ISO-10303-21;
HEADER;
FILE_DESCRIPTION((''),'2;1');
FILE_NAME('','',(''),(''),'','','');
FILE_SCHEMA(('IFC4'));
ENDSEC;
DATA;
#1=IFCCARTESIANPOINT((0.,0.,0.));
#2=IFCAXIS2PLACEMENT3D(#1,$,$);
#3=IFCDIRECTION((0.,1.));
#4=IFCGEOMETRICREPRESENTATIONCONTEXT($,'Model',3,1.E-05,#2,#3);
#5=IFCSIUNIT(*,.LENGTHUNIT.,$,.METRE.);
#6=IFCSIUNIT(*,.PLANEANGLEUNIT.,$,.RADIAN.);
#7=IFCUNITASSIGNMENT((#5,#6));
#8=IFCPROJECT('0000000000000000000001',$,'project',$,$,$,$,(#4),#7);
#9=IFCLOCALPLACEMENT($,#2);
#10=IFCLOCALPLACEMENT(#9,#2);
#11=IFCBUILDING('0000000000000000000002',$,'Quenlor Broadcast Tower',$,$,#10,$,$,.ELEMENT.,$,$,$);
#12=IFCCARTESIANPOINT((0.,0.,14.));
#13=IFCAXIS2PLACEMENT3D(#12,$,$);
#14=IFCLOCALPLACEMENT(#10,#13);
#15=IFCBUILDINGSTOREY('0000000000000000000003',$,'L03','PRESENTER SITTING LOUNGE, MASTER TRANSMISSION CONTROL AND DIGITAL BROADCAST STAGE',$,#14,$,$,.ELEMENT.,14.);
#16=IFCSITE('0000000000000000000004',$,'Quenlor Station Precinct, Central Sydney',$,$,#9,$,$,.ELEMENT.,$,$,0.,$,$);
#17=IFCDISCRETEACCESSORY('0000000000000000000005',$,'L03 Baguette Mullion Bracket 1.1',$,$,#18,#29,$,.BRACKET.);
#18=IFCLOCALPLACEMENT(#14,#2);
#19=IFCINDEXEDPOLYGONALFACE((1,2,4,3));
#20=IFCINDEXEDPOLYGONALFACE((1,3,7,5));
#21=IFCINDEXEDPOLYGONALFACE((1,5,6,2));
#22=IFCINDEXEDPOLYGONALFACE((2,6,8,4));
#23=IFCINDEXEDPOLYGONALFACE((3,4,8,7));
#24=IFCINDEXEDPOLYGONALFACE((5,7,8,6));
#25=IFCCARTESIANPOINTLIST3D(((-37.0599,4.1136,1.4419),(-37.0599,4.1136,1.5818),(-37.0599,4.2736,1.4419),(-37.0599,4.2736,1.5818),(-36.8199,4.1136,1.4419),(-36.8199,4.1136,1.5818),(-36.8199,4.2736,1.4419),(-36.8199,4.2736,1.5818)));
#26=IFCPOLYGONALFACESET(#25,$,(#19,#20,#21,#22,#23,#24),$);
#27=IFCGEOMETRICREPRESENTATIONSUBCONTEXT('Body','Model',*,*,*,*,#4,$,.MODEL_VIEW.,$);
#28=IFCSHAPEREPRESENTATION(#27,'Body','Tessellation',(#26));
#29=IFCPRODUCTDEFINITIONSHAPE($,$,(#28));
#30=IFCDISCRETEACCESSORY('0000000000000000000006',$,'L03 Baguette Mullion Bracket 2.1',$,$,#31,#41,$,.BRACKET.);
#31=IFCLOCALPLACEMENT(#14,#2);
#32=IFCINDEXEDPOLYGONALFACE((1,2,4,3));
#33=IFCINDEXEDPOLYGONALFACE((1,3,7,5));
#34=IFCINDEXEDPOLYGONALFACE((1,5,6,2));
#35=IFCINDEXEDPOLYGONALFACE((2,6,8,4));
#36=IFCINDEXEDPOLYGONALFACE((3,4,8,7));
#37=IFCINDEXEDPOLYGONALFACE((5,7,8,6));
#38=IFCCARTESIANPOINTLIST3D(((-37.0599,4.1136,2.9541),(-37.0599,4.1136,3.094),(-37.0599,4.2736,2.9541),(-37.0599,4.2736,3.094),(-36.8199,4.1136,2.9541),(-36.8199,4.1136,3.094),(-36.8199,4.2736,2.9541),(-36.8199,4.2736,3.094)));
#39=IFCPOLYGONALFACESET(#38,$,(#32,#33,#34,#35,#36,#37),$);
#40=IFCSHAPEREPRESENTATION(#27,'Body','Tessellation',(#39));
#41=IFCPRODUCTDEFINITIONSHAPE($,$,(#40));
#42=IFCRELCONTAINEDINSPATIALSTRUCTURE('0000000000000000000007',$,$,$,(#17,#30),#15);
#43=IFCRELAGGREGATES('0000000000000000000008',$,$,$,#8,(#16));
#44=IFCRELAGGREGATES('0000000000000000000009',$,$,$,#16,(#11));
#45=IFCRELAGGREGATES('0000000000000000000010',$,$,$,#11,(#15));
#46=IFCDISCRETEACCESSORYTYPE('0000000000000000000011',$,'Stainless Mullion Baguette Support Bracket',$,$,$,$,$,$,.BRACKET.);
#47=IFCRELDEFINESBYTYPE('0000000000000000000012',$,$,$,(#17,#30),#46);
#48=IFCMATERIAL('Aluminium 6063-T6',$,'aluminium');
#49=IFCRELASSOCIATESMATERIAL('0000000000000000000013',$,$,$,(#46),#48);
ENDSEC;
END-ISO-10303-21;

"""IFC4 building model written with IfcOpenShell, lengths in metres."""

from ifc_helpers import new_model, si_unit, direction, frame, origin, origin_2d, place, context, subcontext, project, spatial, rectangle, extrude, material, type_object, element, save


model = new_model("IFC4")

# Units and contexts
model_context = context("Model", 3, precision=1e-05, world=origin(), true_north=direction((0.0, 1.0)))
body_context = subcontext(model_context, "Body", "Model", "MODEL_VIEW")
ifc_project = project(units=[si_unit("LENGTHUNIT", "METRE"), si_unit("PLANEANGLEUNIT", "RADIAN")], contexts=[model_context])

# Site, building, storey
site_placement = place(None, origin())
site = spatial("IfcSite", under=ifc_project, at=site_placement, Name="Quenlor Station Precinct, Central Sydney", CompositionType="ELEMENT", RefElevation=0.0)
building_placement = place(site_placement, origin())
building = spatial("IfcBuilding", under=site, at=building_placement, Name="Quenlor Broadcast Tower", CompositionType="ELEMENT")
storey_placement = place(building_placement, frame((0.0, 0.0, 14.0)))
storey = spatial("IfcBuildingStorey", under=building, at=storey_placement, Name="L03", Description="PRESENTER SITTING LOUNGE, MASTER TRANSMISSION CONTROL AND DIGITAL BROADCAST STAGE", CompositionType="ELEMENT", Elevation=14.0)

# Discrete accessories
ifc_material_1 = material(Name="Aluminium 6063-T6", Category="aluminium")
discrete_accessory_type = type_object("IfcDiscreteAccessoryType", Name="Stainless Mullion Baguette Support Bracket", PredefinedType="BRACKET", material=ifc_material_1)
for number, where, z_axis, x_axis, name in (
    (1, (-36.9399, 4.1936, 1.4419), (0.0, 0.0, 1.0), (0.0, 1.0, 0.0), "L03 Baguette Mullion Bracket 1.1"),
    (2, (-36.9399, 4.1936, 2.9541), (0.0, 0.0, 1.0), (0.0, 1.0, 0.0), "L03 Baguette Mullion Bracket 2.1"),
):
    element("IfcDiscreteAccessory", number, at=place(storey_placement, frame(where, z_axis=z_axis, x_axis=x_axis)), inside=storey, type_object=discrete_accessory_type, Name=name, PredefinedType="BRACKET", context=body_context, shape_type="SweptSolid", body=[
        extrude(rectangle(XDim=0.1599, YDim=0.24, at=origin_2d()), origin(), (0.0, 0.0, 1.0), 0.1399),
    ])

save(model, "model.ifc")
